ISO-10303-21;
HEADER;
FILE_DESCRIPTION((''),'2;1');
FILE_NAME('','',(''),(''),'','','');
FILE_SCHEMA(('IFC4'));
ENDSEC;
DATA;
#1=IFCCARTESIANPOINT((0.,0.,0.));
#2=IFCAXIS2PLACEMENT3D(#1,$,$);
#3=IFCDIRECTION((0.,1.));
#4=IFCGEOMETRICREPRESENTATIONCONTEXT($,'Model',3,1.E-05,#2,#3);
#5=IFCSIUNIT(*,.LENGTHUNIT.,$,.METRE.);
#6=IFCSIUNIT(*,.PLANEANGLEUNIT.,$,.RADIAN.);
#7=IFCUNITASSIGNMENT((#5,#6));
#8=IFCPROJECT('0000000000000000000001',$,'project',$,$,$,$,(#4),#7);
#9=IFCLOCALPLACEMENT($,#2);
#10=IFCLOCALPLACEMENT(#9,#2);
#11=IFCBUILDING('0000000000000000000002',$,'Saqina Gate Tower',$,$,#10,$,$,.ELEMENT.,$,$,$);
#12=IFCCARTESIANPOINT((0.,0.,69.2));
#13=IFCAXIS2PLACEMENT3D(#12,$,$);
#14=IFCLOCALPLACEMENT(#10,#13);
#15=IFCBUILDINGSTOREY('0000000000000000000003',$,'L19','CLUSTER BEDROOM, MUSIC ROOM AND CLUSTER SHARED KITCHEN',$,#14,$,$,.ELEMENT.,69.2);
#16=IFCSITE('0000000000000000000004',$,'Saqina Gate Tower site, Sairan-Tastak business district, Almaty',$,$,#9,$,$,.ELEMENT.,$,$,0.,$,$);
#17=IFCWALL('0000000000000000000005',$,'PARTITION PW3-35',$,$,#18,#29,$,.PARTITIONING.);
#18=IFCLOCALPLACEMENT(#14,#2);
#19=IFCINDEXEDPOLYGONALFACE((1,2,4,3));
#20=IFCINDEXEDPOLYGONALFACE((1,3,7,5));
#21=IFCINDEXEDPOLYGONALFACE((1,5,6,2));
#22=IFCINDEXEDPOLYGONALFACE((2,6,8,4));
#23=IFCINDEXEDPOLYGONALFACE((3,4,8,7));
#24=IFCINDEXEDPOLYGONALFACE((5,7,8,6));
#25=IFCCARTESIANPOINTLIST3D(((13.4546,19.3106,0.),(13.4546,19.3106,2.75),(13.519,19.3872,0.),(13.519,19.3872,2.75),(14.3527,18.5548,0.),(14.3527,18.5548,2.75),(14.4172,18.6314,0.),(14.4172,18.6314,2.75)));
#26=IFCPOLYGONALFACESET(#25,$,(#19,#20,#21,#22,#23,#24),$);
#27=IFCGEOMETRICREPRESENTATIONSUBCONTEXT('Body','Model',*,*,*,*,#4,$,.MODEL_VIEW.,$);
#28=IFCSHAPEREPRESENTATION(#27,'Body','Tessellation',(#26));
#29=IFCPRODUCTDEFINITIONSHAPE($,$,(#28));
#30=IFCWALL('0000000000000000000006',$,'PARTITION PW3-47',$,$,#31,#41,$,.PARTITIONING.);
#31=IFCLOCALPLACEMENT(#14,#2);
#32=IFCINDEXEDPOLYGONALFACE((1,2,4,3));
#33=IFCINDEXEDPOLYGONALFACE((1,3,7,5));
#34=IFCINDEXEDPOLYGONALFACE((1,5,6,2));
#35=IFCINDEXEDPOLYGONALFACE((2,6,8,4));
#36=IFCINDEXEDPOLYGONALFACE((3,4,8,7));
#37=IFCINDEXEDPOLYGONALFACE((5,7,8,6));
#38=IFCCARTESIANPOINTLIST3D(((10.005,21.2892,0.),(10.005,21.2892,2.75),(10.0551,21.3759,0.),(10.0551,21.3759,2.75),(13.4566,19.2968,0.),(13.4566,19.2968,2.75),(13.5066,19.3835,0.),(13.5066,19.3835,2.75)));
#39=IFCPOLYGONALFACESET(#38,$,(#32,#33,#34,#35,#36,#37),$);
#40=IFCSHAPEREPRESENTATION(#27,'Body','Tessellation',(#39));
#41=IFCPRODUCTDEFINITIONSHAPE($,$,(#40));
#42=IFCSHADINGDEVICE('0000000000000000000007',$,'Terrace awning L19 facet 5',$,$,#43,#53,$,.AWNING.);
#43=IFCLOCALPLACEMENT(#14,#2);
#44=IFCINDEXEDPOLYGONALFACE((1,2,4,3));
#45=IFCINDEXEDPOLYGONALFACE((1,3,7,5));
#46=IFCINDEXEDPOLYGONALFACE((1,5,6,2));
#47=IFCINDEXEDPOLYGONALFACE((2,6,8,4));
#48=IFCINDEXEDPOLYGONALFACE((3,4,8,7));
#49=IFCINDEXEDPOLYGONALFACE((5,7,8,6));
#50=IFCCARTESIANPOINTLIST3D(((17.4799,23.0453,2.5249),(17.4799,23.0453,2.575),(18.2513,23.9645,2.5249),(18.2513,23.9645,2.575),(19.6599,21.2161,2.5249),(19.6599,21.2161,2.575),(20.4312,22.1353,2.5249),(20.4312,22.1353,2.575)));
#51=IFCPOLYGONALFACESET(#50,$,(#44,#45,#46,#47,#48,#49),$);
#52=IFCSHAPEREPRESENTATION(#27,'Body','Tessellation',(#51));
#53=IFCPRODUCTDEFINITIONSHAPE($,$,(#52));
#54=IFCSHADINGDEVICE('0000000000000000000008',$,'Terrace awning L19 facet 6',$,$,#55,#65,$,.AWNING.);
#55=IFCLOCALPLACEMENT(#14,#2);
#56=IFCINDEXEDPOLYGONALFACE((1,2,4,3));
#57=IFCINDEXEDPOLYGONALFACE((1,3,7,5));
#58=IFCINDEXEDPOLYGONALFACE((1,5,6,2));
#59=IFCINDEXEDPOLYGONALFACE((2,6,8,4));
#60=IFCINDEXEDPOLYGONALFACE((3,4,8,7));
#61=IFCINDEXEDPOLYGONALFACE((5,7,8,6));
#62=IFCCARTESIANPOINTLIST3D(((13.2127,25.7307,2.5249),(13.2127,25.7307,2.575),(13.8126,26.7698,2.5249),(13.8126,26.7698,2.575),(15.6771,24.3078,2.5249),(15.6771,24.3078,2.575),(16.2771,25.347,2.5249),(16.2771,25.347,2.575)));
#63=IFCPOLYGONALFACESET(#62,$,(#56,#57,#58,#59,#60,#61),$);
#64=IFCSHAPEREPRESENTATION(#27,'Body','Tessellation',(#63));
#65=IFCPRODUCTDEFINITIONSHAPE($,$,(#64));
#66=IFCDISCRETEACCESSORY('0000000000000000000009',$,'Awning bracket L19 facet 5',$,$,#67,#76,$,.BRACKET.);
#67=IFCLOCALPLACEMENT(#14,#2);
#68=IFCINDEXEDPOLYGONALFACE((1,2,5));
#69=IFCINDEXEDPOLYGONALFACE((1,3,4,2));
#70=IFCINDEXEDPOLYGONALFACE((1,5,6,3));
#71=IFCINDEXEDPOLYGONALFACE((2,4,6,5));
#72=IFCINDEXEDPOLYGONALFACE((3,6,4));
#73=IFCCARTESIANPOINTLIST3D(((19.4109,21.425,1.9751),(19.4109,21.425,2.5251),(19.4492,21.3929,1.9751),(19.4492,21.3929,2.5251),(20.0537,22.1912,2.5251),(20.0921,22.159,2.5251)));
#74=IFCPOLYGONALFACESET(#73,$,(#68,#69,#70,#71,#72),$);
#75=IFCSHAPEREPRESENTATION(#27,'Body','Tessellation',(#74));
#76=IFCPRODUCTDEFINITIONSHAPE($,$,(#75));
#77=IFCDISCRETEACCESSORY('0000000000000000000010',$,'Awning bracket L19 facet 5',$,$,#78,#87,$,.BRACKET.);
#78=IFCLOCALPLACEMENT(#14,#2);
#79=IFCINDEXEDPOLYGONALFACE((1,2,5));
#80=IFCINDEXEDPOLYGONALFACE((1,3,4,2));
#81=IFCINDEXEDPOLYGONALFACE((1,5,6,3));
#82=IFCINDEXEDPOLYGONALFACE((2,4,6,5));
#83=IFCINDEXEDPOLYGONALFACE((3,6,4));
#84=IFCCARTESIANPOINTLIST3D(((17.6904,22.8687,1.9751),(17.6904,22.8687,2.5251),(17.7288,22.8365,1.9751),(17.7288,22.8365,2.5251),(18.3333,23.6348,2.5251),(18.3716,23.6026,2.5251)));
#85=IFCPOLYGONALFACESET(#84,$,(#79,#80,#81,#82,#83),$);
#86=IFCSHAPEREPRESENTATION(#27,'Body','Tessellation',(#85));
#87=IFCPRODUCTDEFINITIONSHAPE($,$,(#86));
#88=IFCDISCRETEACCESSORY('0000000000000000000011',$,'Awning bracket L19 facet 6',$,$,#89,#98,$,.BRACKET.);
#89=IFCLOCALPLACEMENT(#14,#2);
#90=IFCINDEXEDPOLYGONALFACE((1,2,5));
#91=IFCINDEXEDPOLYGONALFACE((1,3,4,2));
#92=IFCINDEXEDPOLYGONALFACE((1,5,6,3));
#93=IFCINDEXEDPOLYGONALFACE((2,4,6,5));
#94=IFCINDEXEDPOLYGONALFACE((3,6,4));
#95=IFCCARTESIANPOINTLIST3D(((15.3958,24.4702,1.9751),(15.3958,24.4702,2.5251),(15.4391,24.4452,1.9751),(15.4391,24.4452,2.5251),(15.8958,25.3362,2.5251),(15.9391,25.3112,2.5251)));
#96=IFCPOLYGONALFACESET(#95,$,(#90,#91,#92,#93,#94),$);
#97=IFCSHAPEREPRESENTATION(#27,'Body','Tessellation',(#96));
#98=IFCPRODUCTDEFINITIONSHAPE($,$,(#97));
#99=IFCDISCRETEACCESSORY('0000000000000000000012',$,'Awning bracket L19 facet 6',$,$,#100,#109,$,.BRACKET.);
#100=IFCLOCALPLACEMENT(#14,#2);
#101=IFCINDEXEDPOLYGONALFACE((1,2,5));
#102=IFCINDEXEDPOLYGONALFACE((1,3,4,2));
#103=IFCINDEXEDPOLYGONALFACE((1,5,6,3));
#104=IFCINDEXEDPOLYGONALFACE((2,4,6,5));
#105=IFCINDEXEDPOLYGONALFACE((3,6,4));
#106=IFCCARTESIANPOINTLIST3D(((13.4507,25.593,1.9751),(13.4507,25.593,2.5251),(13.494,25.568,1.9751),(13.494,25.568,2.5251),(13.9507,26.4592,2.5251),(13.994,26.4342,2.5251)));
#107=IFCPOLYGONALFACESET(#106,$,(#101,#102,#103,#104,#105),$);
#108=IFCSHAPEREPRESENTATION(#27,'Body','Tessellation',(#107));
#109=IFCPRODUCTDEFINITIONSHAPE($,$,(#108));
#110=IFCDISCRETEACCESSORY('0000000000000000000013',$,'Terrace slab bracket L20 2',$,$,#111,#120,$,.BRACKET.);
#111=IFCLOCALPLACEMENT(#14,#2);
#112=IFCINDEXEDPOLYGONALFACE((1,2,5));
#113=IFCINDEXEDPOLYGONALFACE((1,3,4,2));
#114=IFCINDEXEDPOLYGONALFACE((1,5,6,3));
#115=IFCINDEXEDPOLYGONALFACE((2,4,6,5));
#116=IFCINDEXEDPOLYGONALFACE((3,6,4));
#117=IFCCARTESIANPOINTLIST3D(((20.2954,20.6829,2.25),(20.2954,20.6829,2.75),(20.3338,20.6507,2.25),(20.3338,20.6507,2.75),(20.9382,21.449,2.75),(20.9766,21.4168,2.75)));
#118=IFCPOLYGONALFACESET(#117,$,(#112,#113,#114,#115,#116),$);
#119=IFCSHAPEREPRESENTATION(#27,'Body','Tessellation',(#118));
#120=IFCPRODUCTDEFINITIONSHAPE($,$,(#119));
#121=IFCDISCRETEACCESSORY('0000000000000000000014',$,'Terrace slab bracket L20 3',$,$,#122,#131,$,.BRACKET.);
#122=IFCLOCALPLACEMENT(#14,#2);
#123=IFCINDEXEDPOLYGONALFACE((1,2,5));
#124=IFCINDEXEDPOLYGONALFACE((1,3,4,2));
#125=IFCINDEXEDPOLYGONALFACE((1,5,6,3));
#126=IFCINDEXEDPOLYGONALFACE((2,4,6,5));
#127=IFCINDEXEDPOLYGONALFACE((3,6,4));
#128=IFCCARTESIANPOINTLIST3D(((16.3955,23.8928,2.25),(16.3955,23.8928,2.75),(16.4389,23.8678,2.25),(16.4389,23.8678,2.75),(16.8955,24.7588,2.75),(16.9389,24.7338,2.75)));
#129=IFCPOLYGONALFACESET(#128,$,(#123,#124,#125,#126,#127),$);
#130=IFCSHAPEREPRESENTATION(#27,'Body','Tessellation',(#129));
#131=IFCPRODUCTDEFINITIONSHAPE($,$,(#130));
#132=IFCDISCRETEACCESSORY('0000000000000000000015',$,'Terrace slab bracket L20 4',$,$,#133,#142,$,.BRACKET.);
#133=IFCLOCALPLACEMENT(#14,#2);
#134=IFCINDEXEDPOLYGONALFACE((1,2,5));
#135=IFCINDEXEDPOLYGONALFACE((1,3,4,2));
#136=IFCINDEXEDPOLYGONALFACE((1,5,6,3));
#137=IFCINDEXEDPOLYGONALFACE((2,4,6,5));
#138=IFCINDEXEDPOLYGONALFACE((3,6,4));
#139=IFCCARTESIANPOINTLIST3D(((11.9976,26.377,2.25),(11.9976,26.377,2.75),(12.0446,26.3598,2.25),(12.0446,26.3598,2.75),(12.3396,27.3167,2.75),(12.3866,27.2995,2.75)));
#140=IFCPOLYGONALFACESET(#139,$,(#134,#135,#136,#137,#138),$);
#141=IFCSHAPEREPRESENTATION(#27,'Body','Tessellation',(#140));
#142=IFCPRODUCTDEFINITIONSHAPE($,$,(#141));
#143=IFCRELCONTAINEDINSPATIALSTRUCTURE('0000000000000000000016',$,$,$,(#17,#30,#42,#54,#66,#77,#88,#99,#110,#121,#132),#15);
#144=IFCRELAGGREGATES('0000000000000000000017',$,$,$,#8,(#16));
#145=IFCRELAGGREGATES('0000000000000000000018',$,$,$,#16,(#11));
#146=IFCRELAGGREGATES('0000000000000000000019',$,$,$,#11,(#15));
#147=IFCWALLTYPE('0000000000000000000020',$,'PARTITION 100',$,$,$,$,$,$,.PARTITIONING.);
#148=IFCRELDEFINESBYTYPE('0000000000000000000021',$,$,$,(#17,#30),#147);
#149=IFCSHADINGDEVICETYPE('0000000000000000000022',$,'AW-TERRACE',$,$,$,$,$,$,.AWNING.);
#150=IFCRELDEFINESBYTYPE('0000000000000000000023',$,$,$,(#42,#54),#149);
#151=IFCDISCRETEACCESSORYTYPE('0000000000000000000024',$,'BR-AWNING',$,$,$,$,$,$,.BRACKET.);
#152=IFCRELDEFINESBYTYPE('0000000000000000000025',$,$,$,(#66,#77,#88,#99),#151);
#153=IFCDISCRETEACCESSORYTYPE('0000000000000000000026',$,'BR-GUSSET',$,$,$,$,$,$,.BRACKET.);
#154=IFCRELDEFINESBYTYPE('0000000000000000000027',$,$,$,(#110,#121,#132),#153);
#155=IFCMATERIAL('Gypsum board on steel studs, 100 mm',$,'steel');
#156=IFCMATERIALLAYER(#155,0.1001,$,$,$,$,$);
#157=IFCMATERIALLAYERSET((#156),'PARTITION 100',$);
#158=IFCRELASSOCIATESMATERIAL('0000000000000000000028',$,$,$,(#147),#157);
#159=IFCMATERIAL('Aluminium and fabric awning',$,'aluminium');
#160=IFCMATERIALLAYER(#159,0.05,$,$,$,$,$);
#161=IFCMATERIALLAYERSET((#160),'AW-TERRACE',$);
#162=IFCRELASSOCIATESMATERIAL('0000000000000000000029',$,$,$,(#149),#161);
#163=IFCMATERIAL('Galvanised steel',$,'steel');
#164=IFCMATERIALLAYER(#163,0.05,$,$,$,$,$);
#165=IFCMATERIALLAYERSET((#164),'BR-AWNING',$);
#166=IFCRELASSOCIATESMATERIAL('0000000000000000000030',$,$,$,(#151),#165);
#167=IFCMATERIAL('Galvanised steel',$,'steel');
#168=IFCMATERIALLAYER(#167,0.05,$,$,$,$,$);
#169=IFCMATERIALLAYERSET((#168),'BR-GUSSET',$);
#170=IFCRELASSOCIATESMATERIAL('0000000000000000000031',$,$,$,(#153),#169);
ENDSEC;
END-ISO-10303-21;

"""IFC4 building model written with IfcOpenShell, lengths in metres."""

from ifc_helpers import new_model, si_unit, direction, frame, frame_2d, origin, origin_2d, place, context, subcontext, project, spatial, polyline, rectangle, outline, extrude, material, layer, layer_set, type_object, element, save


model = new_model("IFC4")

# Units and contexts
model_context = context("Model", 3, precision=1e-05, world=origin(), true_north=direction((0.0, 1.0)))
body_context = subcontext(model_context, "Body", "Model", "MODEL_VIEW")
ifc_project = project(units=[si_unit("LENGTHUNIT", "METRE"), si_unit("PLANEANGLEUNIT", "RADIAN")], contexts=[model_context])

# Site, building, storey
site_placement = place(None, origin())
site = spatial("IfcSite", under=ifc_project, at=site_placement, Name="Saqina Gate Tower site, Sairan-Tastak business district, Almaty", CompositionType="ELEMENT", RefElevation=0.0)
building_placement = place(site_placement, origin())
building = spatial("IfcBuilding", under=site, at=building_placement, Name="Saqina Gate Tower", CompositionType="ELEMENT")
storey_placement = place(building_placement, frame((0.0, 0.0, 69.2)))
storey = spatial("IfcBuildingStorey", under=building, at=storey_placement, Name="L19", Description="CLUSTER BEDROOM, MUSIC ROOM AND CLUSTER SHARED KITCHEN", CompositionType="ELEMENT", Elevation=69.2)

# Walls
ifc_material_1 = material(Name="Gypsum board on steel studs, 100 mm", Category="steel")
ifc_layer_1 = layer(ifc_material_1, 0.1001)
ifc_layer_set_1 = layer_set([ifc_layer_1], Name="PARTITION 100")
wall_type_1 = type_object("IfcWallType", Name="PARTITION 100", PredefinedType="PARTITIONING", material=ifc_layer_set_1)
wall_1_placement = place(storey_placement, frame((13.4868, 19.3489, 0.0), z_axis=(0.0, 0.0, 1.0), x_axis=(0.765127, -0.64388, 0.0)))
element("IfcWall", 1, at=wall_1_placement, inside=storey, type_object=wall_type_1, Name="PARTITION PW3-35", PredefinedType="PARTITIONING", context=body_context, shape_type="SweptSolid", body=[
    extrude(rectangle(XDim=1.1738, YDim=0.1001, at=frame_2d((0.5869, 0.0))), origin(), (0.0, 0.0, 1.0), 2.75),
])
wall_2_placement = place(storey_placement, frame((10.03, 21.3325, 0.0), z_axis=(0.0, 0.0, 1.0), x_axis=(0.866067, -0.499927, 0.0)))
element("IfcWall", 2, at=wall_2_placement, inside=storey, type_object=wall_type_1, Name="PARTITION PW3-47", PredefinedType="PARTITIONING", context=body_context, shape_type="SweptSolid", body=[
    extrude(rectangle(XDim=3.9854, YDim=0.1001, at=frame_2d((1.9927, 0.0))), origin(), (0.0, 0.0, 1.0), 2.75),
])

# Shading devices
ifc_material_2 = material(Name="Aluminium and fabric awning", Category="aluminium")
ifc_layer_2 = layer(ifc_material_2, 0.05)
ifc_layer_set_2 = layer_set([ifc_layer_2], Name="AW-TERRACE")
shading_device_type = type_object("IfcShadingDeviceType", Name="AW-TERRACE", PredefinedType="AWNING", material=ifc_layer_set_2)
for number, where, z_axis, x_axis, name in (
    (3, (18.9556, 22.5903, 2.5249), (0.0, 0.0, 1.0), (-0.766044, 0.642788, 0.0), "Terrace awning L19 facet 5"),
    (4, (14.7449, 25.5388, 2.5249), (0.0, 0.0, 1.0), (-0.866025, 0.5, 0.0), "Terrace awning L19 facet 6"),
):
    element("IfcShadingDevice", number, at=place(storey_placement, frame(where, z_axis=z_axis, x_axis=x_axis)), inside=storey, type_object=shading_device_type, Name=name, PredefinedType="AWNING", context=body_context, shape_type="SweptSolid", body=[
        extrude(rectangle(XDim=2.8457, YDim=1.2, at=origin_2d()), origin(), (0.0, 0.0, 1.0), 0.05),
    ])

# Discrete accessories
ifc_material_3 = material(Name="Galvanised steel", Category="steel")
ifc_layer_3 = layer(ifc_material_3, 0.05)
ifc_layer_set_3 = layer_set([ifc_layer_3], Name="BR-AWNING")
discrete_accessory_type_1 = type_object("IfcDiscreteAccessoryType", Name="BR-AWNING", PredefinedType="BRACKET", material=ifc_layer_set_3)
for number, where, z_axis, x_axis, name in (
    (5, (19.4109, 21.425, 1.9751), (-0.766056, 0.642774, 0.0), (0.0, 0.0, 1.0), "Awning bracket L19 facet 5"),
    (6, (17.6904, 22.8687, 1.9751), (-0.766056, 0.642774, 0.0), (0.0, 0.0, 1.0), "Awning bracket L19 facet 5"),
):
    element("IfcDiscreteAccessory", number, at=place(storey_placement, frame(where, z_axis=z_axis, x_axis=x_axis)), inside=storey, type_object=discrete_accessory_type_1, Name=name, PredefinedType="BRACKET", context=body_context, shape_type="SweptSolid", body=[
        extrude(outline(polyline([(0.0, 0.0), (0.55, 0.0), (0.55, 1.0001), (0.0, 0.0)])), origin(), (0.0, 0.0, -1.0), 0.05),
    ])
discrete_accessory_1_placement = place(storey_placement, frame((15.3958, 24.4702, 1.9751), z_axis=(-0.866011, 0.500025, 0.0), x_axis=(0.0, 0.0, 1.0)))
element("IfcDiscreteAccessory", 7, at=discrete_accessory_1_placement, inside=storey, type_object=discrete_accessory_type_1, Name="Awning bracket L19 facet 6", PredefinedType="BRACKET", context=body_context, shape_type="SweptSolid", body=[
    extrude(outline(polyline([(0.0, 0.0), (0.55, 0.0), (0.55, 0.9999), (0.0, 0.0)])), origin(), (0.0, 0.0, -1.0), 0.05),
])
discrete_accessory_2_placement = place(storey_placement, frame((13.4507, 25.593, 1.9751), z_axis=(-0.866072, 0.49992, 0.0), x_axis=(0.0, 0.0, 1.0)))
element("IfcDiscreteAccessory", 8, at=discrete_accessory_2_placement, inside=storey, type_object=discrete_accessory_type_1, Name="Awning bracket L19 facet 6", PredefinedType="BRACKET", context=body_context, shape_type="SweptSolid", body=[
    extrude(outline(polyline([(0.0, 0.0), (0.55, 0.0), (0.55, 1.0002), (0.0, 0.0)])), origin(), (0.0, 0.0, -1.0), 0.05),
])
ifc_material_4 = material(Name="Galvanised steel", Category="steel")
ifc_layer_4 = layer(ifc_material_4, 0.05)
ifc_layer_set_4 = layer_set([ifc_layer_4], Name="BR-GUSSET")
discrete_accessory_type_2 = type_object("IfcDiscreteAccessoryType", Name="BR-GUSSET", PredefinedType="BRACKET", material=ifc_layer_set_4)
discrete_accessory_3_placement = place(storey_placement, frame((20.2954, 20.6829, 2.25), z_axis=(-0.766056, 0.642774, 0.0), x_axis=(0.0, 0.0, 1.0)))
element("IfcDiscreteAccessory", 9, at=discrete_accessory_3_placement, inside=storey, type_object=discrete_accessory_type_2, Name="Terrace slab bracket L20 2", PredefinedType="BRACKET", context=body_context, shape_type="SweptSolid", body=[
    extrude(outline(polyline([(0.0, 0.0), (0.5, 0.0), (0.5, 1.0001), (0.0, 0.0)])), origin(), (0.0, 0.0, -1.0), 0.05),
])
discrete_accessory_4_placement = place(storey_placement, frame((16.3955, 23.8928, 2.25), z_axis=(-0.866011, 0.500025, 0.0), x_axis=(0.0, 0.0, 1.0)))
element("IfcDiscreteAccessory", 10, at=discrete_accessory_4_placement, inside=storey, type_object=discrete_accessory_type_2, Name="Terrace slab bracket L20 3", PredefinedType="BRACKET", context=body_context, shape_type="SweptSolid", body=[
    extrude(outline(polyline([(0.0, 0.0), (0.5, 0.0), (0.5, 0.9999), (0.0, 0.0)])), origin(), (0.0, 0.0, -1.0), 0.05),
])
discrete_accessory_5_placement = place(storey_placement, frame((11.9976, 26.377, 2.25), z_axis=(-0.939686, 0.342037, 0.0), x_axis=(0.0, 0.0, 1.0)))
element("IfcDiscreteAccessory", 11, at=discrete_accessory_5_placement, inside=storey, type_object=discrete_accessory_type_2, Name="Terrace slab bracket L20 4", PredefinedType="BRACKET", context=body_context, shape_type="SweptSolid", body=[
    extrude(outline(polyline([(0.0, 0.0), (0.5, 0.0), (0.5, 1.0), (0.0, 0.0)])), origin(), (0.0, 0.0, -1.0), 0.05),
])

save(model, "model.ifc")
